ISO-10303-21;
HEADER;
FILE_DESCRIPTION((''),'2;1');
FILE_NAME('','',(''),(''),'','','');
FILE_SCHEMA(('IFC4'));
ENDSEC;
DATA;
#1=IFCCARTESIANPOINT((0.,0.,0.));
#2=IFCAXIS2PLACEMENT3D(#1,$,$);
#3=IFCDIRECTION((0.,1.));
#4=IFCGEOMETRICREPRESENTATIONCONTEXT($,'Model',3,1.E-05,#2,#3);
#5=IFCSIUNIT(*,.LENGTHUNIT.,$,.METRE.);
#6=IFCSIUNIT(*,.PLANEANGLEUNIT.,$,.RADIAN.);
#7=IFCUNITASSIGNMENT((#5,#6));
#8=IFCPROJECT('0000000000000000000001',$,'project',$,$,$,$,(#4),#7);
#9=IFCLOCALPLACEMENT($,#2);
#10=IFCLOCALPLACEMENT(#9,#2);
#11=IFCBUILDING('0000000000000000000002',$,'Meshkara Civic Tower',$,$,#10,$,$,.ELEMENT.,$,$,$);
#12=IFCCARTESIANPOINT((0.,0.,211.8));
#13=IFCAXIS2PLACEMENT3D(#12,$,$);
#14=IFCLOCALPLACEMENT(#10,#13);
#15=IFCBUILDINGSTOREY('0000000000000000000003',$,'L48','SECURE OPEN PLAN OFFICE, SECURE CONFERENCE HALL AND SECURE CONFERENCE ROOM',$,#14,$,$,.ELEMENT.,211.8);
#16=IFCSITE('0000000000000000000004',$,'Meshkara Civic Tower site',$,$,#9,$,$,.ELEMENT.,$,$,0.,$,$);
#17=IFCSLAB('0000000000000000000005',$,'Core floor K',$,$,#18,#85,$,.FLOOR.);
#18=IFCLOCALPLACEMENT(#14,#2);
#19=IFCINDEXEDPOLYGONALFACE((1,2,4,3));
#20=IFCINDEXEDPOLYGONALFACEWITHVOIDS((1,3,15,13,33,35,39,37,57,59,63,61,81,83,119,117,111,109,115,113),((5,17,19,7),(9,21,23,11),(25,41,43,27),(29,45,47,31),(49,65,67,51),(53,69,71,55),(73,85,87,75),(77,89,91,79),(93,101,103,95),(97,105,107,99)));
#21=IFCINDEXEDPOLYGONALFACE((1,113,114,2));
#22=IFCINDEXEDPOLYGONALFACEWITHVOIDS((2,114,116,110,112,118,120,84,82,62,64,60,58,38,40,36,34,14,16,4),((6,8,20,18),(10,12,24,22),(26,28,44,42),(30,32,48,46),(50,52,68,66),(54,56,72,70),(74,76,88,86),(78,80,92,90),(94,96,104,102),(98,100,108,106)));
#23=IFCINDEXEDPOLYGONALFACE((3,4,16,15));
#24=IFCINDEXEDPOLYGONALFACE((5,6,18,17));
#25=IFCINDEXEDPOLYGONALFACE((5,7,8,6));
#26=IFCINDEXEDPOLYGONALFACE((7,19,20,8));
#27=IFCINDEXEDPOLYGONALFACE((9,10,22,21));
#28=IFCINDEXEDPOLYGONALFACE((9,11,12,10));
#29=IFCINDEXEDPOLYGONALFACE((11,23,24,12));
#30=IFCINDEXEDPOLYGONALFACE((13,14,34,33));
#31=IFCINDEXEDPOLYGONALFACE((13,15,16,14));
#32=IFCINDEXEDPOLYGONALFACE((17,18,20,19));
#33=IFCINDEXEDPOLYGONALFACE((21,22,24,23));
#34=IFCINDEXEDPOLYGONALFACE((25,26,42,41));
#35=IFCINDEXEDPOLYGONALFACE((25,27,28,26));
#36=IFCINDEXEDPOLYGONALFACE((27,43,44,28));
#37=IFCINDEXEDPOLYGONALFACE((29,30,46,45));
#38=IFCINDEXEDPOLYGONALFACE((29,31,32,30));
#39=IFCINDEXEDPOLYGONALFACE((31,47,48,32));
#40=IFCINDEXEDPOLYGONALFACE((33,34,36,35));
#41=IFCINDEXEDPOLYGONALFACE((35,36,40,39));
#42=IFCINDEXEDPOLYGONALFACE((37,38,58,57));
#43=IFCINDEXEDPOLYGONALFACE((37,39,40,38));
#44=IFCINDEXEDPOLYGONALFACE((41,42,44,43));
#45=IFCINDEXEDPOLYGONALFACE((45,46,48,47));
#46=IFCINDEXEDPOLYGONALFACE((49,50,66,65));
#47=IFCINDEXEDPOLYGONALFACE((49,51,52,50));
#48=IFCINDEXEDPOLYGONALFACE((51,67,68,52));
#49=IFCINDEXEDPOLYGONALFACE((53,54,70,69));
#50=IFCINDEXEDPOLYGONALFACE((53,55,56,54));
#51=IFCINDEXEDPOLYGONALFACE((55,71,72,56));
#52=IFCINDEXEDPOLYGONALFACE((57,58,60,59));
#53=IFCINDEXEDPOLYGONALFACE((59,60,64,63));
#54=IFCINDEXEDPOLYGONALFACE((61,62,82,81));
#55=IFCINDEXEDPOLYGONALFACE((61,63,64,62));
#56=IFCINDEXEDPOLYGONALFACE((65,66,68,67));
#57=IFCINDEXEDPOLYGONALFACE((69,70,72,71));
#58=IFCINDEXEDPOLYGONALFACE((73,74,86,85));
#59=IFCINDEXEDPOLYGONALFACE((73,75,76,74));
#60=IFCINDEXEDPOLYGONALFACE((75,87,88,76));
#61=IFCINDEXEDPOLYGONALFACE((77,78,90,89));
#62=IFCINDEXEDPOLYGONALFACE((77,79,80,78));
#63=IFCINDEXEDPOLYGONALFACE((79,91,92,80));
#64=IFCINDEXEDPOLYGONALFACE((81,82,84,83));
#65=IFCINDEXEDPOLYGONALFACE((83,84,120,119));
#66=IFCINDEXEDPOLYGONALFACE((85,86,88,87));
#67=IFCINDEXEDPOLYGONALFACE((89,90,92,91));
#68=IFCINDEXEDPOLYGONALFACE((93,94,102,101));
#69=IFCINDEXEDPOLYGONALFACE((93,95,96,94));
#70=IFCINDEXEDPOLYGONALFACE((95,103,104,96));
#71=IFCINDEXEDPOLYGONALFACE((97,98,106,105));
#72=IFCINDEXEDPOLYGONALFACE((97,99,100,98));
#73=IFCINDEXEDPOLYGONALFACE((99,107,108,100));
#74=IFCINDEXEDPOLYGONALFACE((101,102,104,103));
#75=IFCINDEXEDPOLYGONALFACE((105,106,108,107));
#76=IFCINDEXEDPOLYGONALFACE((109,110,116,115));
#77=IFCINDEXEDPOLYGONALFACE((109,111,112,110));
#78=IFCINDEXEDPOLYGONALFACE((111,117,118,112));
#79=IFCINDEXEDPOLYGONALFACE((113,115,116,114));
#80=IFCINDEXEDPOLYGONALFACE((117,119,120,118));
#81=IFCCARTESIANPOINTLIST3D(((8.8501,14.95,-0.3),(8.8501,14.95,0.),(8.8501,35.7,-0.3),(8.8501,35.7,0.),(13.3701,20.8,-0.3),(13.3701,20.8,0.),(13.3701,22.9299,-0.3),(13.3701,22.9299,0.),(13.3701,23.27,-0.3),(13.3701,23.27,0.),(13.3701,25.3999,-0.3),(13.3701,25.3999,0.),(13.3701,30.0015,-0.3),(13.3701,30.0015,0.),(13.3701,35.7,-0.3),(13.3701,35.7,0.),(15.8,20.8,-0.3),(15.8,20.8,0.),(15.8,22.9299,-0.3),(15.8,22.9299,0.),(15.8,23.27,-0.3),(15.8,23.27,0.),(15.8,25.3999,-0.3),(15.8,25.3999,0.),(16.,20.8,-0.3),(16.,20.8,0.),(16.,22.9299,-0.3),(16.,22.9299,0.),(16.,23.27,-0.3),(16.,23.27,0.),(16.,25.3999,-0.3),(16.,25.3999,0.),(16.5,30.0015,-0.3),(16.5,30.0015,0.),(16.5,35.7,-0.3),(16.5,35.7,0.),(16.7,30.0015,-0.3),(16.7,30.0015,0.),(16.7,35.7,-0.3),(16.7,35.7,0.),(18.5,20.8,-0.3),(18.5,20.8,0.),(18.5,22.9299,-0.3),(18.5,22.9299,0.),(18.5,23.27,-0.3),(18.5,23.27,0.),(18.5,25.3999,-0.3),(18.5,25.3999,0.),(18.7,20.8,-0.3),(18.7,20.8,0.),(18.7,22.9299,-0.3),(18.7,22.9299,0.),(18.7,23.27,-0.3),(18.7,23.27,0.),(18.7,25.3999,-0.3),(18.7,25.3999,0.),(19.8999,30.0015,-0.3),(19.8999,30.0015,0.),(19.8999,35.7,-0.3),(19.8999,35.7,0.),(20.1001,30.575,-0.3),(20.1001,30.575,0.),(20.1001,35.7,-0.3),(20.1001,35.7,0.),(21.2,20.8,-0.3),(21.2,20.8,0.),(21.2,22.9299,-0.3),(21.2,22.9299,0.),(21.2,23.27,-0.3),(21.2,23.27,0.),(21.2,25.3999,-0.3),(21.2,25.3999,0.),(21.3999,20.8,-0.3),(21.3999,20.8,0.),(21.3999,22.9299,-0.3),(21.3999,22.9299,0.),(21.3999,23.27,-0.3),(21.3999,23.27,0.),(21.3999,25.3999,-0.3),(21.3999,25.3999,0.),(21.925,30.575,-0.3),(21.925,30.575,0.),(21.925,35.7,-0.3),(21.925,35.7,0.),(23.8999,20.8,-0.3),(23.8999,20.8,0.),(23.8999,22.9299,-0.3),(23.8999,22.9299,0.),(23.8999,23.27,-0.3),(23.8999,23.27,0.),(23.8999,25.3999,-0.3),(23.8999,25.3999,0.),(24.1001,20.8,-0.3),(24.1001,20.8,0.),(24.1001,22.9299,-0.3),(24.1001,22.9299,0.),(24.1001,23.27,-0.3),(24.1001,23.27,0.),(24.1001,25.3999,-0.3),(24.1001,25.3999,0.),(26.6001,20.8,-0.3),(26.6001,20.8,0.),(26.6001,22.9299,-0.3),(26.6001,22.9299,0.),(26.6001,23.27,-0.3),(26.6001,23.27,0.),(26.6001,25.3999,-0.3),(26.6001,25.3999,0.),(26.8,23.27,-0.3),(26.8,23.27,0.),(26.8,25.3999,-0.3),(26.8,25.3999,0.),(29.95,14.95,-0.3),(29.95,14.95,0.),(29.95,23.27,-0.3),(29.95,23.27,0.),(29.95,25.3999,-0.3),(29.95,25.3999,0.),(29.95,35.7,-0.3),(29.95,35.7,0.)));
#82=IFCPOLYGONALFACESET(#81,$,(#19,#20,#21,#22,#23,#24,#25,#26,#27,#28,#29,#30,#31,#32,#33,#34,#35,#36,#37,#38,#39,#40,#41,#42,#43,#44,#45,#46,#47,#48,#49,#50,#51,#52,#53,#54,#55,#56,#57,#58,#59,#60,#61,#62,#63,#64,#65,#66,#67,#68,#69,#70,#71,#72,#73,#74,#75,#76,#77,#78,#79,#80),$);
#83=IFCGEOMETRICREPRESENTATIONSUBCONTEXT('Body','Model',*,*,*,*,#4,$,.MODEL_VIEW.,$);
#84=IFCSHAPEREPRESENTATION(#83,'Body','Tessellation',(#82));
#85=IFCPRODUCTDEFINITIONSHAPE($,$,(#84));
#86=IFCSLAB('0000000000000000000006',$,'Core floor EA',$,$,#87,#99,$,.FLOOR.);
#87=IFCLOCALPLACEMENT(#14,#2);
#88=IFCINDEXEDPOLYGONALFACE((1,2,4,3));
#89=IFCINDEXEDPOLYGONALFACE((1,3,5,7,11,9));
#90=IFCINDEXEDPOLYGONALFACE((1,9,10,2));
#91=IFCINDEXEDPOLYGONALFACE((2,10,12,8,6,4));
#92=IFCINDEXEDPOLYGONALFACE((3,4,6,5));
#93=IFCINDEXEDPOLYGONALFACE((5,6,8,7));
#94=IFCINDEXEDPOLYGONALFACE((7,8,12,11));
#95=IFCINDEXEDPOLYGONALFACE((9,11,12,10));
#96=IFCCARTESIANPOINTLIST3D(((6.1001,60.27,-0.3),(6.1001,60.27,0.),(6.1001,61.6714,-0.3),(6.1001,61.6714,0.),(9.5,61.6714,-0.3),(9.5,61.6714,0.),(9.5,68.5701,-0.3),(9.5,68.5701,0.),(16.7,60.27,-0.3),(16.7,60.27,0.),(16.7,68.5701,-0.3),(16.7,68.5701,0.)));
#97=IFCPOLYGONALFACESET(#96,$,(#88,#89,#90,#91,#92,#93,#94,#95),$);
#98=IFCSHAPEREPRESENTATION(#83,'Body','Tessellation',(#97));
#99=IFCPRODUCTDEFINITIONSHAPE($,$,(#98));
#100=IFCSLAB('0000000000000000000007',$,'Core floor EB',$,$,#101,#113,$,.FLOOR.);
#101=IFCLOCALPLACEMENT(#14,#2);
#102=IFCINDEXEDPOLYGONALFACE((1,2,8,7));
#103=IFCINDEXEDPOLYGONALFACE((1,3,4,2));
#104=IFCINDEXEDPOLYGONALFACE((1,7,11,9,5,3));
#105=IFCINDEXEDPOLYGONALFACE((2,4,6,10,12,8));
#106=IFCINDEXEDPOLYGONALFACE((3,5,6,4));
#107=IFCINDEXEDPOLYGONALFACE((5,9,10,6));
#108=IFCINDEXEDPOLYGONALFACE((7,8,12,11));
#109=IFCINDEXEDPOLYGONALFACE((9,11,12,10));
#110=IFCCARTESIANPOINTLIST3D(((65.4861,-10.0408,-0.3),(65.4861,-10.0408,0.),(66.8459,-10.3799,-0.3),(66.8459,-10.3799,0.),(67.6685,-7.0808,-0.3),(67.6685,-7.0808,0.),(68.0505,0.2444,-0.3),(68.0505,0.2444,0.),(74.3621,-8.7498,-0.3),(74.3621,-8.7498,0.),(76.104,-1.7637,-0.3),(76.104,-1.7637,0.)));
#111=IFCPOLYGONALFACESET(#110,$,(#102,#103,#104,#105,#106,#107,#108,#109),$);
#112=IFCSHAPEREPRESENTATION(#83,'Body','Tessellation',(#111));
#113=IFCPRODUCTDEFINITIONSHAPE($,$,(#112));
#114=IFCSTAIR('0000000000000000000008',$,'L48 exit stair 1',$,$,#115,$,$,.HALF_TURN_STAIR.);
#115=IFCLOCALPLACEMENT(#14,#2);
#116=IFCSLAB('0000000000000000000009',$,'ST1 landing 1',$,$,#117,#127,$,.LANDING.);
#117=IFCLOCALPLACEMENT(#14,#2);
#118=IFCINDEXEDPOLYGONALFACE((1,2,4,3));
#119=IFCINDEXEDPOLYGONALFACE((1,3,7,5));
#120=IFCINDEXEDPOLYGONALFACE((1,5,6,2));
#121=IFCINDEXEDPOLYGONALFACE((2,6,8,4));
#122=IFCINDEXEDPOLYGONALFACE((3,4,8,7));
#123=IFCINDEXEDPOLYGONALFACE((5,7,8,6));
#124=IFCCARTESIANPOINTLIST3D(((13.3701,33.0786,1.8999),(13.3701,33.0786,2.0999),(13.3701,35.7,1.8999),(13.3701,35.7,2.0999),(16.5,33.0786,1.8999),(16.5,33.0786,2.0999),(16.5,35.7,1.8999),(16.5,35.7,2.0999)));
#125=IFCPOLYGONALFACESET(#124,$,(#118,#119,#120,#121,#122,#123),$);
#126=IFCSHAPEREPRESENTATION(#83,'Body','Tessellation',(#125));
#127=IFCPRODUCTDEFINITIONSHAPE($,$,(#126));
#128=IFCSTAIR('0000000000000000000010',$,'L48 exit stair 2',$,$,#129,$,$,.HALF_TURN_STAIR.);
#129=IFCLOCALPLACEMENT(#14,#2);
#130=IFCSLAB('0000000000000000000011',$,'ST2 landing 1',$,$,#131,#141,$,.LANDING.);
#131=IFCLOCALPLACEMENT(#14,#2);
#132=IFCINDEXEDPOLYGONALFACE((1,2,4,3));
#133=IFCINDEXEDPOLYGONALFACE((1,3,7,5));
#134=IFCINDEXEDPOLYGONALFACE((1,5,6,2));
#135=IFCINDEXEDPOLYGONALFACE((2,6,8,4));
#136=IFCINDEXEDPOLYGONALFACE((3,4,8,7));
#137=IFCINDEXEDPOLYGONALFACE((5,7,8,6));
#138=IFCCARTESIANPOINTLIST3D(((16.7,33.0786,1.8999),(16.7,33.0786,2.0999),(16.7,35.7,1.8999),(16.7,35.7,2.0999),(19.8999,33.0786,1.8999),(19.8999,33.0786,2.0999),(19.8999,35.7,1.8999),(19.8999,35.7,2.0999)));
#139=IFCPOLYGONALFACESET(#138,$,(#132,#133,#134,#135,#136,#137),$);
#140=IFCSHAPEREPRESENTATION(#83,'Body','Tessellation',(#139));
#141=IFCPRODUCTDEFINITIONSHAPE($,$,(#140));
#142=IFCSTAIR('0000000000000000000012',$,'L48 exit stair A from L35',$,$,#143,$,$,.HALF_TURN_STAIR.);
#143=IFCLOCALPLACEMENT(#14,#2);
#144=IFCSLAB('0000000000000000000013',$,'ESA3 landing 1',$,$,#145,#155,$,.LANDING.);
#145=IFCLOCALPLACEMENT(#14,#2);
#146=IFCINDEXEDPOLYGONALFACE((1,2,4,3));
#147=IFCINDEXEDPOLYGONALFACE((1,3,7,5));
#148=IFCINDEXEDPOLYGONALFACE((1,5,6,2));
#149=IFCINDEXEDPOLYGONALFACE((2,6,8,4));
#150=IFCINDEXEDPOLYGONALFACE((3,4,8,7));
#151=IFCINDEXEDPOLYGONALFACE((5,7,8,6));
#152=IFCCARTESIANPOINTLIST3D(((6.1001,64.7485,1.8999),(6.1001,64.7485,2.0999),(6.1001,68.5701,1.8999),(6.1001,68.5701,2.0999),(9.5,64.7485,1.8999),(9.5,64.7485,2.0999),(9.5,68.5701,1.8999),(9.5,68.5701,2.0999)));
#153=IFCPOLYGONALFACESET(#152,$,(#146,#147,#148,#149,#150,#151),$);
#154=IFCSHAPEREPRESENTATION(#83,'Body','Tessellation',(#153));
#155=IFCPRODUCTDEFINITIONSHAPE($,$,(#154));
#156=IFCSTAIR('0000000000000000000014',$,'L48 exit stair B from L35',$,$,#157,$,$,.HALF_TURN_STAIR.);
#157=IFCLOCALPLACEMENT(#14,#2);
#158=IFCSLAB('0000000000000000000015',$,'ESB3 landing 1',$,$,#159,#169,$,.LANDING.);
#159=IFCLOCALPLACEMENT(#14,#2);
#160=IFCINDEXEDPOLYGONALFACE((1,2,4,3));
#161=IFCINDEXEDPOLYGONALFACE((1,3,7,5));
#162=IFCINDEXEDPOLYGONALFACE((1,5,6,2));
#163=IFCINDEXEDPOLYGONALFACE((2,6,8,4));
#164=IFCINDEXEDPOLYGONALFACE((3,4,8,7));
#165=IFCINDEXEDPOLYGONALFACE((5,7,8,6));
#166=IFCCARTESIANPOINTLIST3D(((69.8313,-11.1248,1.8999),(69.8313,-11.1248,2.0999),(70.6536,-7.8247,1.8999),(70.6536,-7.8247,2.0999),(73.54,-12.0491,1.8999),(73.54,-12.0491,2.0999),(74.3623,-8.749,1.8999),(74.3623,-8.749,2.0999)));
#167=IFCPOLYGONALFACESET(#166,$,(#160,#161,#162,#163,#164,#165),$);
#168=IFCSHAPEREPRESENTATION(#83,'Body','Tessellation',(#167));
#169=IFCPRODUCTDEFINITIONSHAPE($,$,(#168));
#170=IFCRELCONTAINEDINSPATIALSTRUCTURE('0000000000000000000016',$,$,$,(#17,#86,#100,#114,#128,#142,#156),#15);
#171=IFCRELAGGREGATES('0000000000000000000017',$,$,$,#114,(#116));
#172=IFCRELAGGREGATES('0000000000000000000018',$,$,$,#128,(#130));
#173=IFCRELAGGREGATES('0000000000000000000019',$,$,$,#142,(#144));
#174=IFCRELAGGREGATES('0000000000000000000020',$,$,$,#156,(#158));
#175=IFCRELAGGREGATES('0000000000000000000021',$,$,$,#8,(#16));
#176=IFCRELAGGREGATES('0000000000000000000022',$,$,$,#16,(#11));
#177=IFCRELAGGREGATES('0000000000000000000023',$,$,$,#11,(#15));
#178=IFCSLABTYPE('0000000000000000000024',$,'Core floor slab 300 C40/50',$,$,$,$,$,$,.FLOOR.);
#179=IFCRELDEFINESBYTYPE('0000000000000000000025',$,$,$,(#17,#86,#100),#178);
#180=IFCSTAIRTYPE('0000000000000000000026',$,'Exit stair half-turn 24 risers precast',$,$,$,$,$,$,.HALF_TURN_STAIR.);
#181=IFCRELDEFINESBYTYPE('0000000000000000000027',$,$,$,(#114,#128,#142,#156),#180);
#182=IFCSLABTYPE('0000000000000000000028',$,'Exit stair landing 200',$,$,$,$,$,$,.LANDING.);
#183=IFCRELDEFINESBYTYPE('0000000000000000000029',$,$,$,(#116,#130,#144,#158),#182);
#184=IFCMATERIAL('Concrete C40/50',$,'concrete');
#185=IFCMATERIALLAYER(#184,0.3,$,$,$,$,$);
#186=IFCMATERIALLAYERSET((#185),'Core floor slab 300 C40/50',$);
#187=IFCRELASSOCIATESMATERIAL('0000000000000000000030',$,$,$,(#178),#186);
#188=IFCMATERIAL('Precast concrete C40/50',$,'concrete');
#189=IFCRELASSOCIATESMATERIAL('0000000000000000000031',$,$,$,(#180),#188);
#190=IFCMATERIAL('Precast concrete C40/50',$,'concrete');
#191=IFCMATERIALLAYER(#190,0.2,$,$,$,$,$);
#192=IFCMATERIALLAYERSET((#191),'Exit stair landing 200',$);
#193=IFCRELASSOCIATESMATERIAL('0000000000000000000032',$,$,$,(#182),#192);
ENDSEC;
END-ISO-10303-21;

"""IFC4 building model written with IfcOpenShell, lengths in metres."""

from ifc_helpers import new_model, si_unit, direction, frame, origin, place, context, subcontext, project, spatial, polyline, outline, extrude, material, layer, layer_set, type_object, element, aggregate, save


model = new_model("IFC4")

# Units and contexts
model_context = context("Model", 3, precision=1e-05, world=origin(), true_north=direction((0.0, 1.0)))
body_context = subcontext(model_context, "Body", "Model", "MODEL_VIEW")
ifc_project = project(units=[si_unit("LENGTHUNIT", "METRE"), si_unit("PLANEANGLEUNIT", "RADIAN")], contexts=[model_context])

# Site, building, storey
site_placement = place(None, origin())
site = spatial("IfcSite", under=ifc_project, at=site_placement, Name="Meshkara Civic Tower site", CompositionType="ELEMENT", RefElevation=0.0)
building_placement = place(site_placement, origin())
building = spatial("IfcBuilding", under=site, at=building_placement, Name="Meshkara Civic Tower", CompositionType="ELEMENT")
storey_placement = place(building_placement, frame((0.0, 0.0, 211.8)))
storey = spatial("IfcBuildingStorey", under=building, at=storey_placement, Name="L48", Description="SECURE OPEN PLAN OFFICE, SECURE CONFERENCE HALL AND SECURE CONFERENCE ROOM", CompositionType="ELEMENT", Elevation=211.8)

# Slabs
ifc_material_1 = material(Name="Concrete C40/50", Category="concrete")
ifc_layer_1 = layer(ifc_material_1, 0.3)
ifc_layer_set_1 = layer_set([ifc_layer_1], Name="Core floor slab 300 C40/50")
slab_type_1 = type_object("IfcSlabType", Name="Core floor slab 300 C40/50", PredefinedType="FLOOR", material=ifc_layer_set_1)
slab_1_placement = place(storey_placement, frame((0.0, 0.0, -0.3)))
element("IfcSlab", 1, at=slab_1_placement, inside=storey, type_object=slab_type_1, Name="Core floor K", PredefinedType="FLOOR", context=body_context, shape_type="SweptSolid", body=[
    extrude(outline(polyline([(8.8501, 35.7), (13.3701, 35.7), (13.3701, 30.0015), (16.5, 30.0015), (16.5, 35.7), (16.7, 35.7), (16.7, 30.0015), (19.8999, 30.0015), (19.8999, 35.7), (20.1001, 35.7), (20.1001, 30.575), (21.925, 30.575), (21.925, 35.7), (29.95, 35.7), (29.95, 25.3999), (26.8, 25.3999), (26.8, 23.27), (29.95, 23.27), (29.95, 14.95), (8.8501, 14.95), (8.8501, 35.7)]), holes=[polyline([(15.8, 22.9299), (13.3701, 22.9299), (13.3701, 20.8), (15.8, 20.8), (15.8, 22.9299)]), polyline([(16.0, 22.9299), (16.0, 20.8), (18.5, 20.8), (18.5, 22.9299), (16.0, 22.9299)]), polyline([(18.7, 22.9299), (18.7, 20.8), (21.2, 20.8), (21.2, 22.9299), (18.7, 22.9299)]), polyline([(15.8, 23.27), (15.8, 25.3999), (13.3701, 25.3999), (13.3701, 23.27), (15.8, 23.27)]), polyline([(16.0, 25.3999), (16.0, 23.27), (18.5, 23.27), (18.5, 25.3999), (16.0, 25.3999)]), polyline([(23.8999, 20.8), (23.8999, 22.9299), (21.3999, 22.9299), (21.3999, 20.8), (23.8999, 20.8)]), polyline([(24.1001, 20.8), (26.6001, 20.8), (26.6001, 22.9299), (24.1001, 22.9299), (24.1001, 20.8)]), polyline([(18.7, 25.3999), (18.7, 23.27), (21.2, 23.27), (21.2, 25.3999), (18.7, 25.3999)]), polyline([(21.3999, 23.27), (23.8999, 23.27), (23.8999, 25.3999), (21.3999, 25.3999), (21.3999, 23.27)]), polyline([(24.1001, 23.27), (26.6001, 23.27), (26.6001, 25.3999), (24.1001, 25.3999), (24.1001, 23.27)])]), origin(), (0.0, 0.0, 1.0), 0.3),
])
slab_2_placement = place(storey_placement, frame((0.0, 0.0, -0.3)))
element("IfcSlab", 2, at=slab_2_placement, inside=storey, type_object=slab_type_1, Name="Core floor EA", PredefinedType="FLOOR", context=body_context, shape_type="SweptSolid", body=[
    extrude(outline(polyline([(16.7, 60.27), (16.7, 68.5701), (9.5, 68.5701), (9.5, 61.6714), (6.1001, 61.6714), (6.1001, 60.27), (16.7, 60.27)])), origin(), (0.0, 0.0, 1.0), 0.3),
])
slab_3_placement = place(storey_placement, frame((0.0, 0.0, -0.3)))
element("IfcSlab", 3, at=slab_3_placement, inside=storey, type_object=slab_type_1, Name="Core floor EB", PredefinedType="FLOOR", context=body_context, shape_type="SweptSolid", body=[
    extrude(outline(polyline([(68.0505, 0.2444), (76.104, -1.7637), (74.3621, -8.7498), (67.6685, -7.0808), (66.8459, -10.3799), (65.4861, -10.0408), (68.0505, 0.2444)])), origin(), (0.0, 0.0, 1.0), 0.3),
])

# Stairs, slabs
ifc_material_2 = material(Name="Precast concrete C40/50", Category="concrete")
stair_type = type_object("IfcStairType", Name="Exit stair half-turn 24 risers precast", PredefinedType="HALF_TURN_STAIR", material=ifc_material_2)
stair_1_placement = place(storey_placement, origin())
stair_1 = element("IfcStair", 4, at=stair_1_placement, inside=storey, type_object=stair_type, Name="L48 exit stair 1", PredefinedType="HALF_TURN_STAIR")
ifc_material_3 = material(Name="Precast concrete C40/50", Category="concrete")
ifc_layer_2 = layer(ifc_material_3, 0.2)
ifc_layer_set_2 = layer_set([ifc_layer_2], Name="Exit stair landing 200")
slab_type_2 = type_object("IfcSlabType", Name="Exit stair landing 200", PredefinedType="LANDING", material=ifc_layer_set_2)
slab_4_placement = place(storey_placement, frame((0.0, 0.0, 1.8999)))
slab_4 = element("IfcSlab", 5, at=slab_4_placement, type_object=slab_type_2, Name="ST1 landing 1", PredefinedType="LANDING", context=body_context, shape_type="SweptSolid", body=[
    extrude(outline(polyline([(16.5, 33.0786), (16.5, 35.7), (13.3701, 35.7), (13.3701, 33.0786), (16.5, 33.0786)])), origin(), (0.0, 0.0, 1.0), 0.2),
])
aggregate(stair_1, [slab_4])
stair_2_placement = place(storey_placement, origin())
stair_2 = element("IfcStair", 6, at=stair_2_placement, inside=storey, type_object=stair_type, Name="L48 exit stair 2", PredefinedType="HALF_TURN_STAIR")
slab_5_placement = place(storey_placement, frame((0.0, 0.0, 1.8999)))
slab_5 = element("IfcSlab", 7, at=slab_5_placement, type_object=slab_type_2, Name="ST2 landing 1", PredefinedType="LANDING", context=body_context, shape_type="SweptSolid", body=[
    extrude(outline(polyline([(19.8999, 33.0786), (19.8999, 35.7), (16.7, 35.7), (16.7, 33.0786), (19.8999, 33.0786)])), origin(), (0.0, 0.0, 1.0), 0.2),
])
aggregate(stair_2, [slab_5])
stair_3_placement = place(storey_placement, origin())
stair_3 = element("IfcStair", 8, at=stair_3_placement, inside=storey, type_object=stair_type, Name="L48 exit stair A from L35", PredefinedType="HALF_TURN_STAIR")
slab_6_placement = place(storey_placement, frame((0.0, 0.0, 1.8999)))
slab_6 = element("IfcSlab", 9, at=slab_6_placement, type_object=slab_type_2, Name="ESA3 landing 1", PredefinedType="LANDING", context=body_context, shape_type="SweptSolid", body=[
    extrude(outline(polyline([(9.5, 64.7485), (9.5, 68.5701), (6.1001, 68.5701), (6.1001, 64.7485), (9.5, 64.7485)])), origin(), (0.0, 0.0, 1.0), 0.2),
])
aggregate(stair_3, [slab_6])
stair_4_placement = place(storey_placement, origin())
stair_4 = element("IfcStair", 10, at=stair_4_placement, inside=storey, type_object=stair_type, Name="L48 exit stair B from L35", PredefinedType="HALF_TURN_STAIR")
slab_7_placement = place(storey_placement, frame((0.0, 0.0, 1.8999)))
slab_7 = element("IfcSlab", 11, at=slab_7_placement, type_object=slab_type_2, Name="ESB3 landing 1", PredefinedType="LANDING", context=body_context, shape_type="SweptSolid", body=[
    extrude(outline(polyline([(69.8313, -11.1248), (73.54, -12.0491), (74.3623, -8.749), (70.6536, -7.8247), (69.8313, -11.1248)])), origin(), (0.0, 0.0, 1.0), 0.2),
])
aggregate(stair_4, [slab_7])

save(model, "model.ifc")
